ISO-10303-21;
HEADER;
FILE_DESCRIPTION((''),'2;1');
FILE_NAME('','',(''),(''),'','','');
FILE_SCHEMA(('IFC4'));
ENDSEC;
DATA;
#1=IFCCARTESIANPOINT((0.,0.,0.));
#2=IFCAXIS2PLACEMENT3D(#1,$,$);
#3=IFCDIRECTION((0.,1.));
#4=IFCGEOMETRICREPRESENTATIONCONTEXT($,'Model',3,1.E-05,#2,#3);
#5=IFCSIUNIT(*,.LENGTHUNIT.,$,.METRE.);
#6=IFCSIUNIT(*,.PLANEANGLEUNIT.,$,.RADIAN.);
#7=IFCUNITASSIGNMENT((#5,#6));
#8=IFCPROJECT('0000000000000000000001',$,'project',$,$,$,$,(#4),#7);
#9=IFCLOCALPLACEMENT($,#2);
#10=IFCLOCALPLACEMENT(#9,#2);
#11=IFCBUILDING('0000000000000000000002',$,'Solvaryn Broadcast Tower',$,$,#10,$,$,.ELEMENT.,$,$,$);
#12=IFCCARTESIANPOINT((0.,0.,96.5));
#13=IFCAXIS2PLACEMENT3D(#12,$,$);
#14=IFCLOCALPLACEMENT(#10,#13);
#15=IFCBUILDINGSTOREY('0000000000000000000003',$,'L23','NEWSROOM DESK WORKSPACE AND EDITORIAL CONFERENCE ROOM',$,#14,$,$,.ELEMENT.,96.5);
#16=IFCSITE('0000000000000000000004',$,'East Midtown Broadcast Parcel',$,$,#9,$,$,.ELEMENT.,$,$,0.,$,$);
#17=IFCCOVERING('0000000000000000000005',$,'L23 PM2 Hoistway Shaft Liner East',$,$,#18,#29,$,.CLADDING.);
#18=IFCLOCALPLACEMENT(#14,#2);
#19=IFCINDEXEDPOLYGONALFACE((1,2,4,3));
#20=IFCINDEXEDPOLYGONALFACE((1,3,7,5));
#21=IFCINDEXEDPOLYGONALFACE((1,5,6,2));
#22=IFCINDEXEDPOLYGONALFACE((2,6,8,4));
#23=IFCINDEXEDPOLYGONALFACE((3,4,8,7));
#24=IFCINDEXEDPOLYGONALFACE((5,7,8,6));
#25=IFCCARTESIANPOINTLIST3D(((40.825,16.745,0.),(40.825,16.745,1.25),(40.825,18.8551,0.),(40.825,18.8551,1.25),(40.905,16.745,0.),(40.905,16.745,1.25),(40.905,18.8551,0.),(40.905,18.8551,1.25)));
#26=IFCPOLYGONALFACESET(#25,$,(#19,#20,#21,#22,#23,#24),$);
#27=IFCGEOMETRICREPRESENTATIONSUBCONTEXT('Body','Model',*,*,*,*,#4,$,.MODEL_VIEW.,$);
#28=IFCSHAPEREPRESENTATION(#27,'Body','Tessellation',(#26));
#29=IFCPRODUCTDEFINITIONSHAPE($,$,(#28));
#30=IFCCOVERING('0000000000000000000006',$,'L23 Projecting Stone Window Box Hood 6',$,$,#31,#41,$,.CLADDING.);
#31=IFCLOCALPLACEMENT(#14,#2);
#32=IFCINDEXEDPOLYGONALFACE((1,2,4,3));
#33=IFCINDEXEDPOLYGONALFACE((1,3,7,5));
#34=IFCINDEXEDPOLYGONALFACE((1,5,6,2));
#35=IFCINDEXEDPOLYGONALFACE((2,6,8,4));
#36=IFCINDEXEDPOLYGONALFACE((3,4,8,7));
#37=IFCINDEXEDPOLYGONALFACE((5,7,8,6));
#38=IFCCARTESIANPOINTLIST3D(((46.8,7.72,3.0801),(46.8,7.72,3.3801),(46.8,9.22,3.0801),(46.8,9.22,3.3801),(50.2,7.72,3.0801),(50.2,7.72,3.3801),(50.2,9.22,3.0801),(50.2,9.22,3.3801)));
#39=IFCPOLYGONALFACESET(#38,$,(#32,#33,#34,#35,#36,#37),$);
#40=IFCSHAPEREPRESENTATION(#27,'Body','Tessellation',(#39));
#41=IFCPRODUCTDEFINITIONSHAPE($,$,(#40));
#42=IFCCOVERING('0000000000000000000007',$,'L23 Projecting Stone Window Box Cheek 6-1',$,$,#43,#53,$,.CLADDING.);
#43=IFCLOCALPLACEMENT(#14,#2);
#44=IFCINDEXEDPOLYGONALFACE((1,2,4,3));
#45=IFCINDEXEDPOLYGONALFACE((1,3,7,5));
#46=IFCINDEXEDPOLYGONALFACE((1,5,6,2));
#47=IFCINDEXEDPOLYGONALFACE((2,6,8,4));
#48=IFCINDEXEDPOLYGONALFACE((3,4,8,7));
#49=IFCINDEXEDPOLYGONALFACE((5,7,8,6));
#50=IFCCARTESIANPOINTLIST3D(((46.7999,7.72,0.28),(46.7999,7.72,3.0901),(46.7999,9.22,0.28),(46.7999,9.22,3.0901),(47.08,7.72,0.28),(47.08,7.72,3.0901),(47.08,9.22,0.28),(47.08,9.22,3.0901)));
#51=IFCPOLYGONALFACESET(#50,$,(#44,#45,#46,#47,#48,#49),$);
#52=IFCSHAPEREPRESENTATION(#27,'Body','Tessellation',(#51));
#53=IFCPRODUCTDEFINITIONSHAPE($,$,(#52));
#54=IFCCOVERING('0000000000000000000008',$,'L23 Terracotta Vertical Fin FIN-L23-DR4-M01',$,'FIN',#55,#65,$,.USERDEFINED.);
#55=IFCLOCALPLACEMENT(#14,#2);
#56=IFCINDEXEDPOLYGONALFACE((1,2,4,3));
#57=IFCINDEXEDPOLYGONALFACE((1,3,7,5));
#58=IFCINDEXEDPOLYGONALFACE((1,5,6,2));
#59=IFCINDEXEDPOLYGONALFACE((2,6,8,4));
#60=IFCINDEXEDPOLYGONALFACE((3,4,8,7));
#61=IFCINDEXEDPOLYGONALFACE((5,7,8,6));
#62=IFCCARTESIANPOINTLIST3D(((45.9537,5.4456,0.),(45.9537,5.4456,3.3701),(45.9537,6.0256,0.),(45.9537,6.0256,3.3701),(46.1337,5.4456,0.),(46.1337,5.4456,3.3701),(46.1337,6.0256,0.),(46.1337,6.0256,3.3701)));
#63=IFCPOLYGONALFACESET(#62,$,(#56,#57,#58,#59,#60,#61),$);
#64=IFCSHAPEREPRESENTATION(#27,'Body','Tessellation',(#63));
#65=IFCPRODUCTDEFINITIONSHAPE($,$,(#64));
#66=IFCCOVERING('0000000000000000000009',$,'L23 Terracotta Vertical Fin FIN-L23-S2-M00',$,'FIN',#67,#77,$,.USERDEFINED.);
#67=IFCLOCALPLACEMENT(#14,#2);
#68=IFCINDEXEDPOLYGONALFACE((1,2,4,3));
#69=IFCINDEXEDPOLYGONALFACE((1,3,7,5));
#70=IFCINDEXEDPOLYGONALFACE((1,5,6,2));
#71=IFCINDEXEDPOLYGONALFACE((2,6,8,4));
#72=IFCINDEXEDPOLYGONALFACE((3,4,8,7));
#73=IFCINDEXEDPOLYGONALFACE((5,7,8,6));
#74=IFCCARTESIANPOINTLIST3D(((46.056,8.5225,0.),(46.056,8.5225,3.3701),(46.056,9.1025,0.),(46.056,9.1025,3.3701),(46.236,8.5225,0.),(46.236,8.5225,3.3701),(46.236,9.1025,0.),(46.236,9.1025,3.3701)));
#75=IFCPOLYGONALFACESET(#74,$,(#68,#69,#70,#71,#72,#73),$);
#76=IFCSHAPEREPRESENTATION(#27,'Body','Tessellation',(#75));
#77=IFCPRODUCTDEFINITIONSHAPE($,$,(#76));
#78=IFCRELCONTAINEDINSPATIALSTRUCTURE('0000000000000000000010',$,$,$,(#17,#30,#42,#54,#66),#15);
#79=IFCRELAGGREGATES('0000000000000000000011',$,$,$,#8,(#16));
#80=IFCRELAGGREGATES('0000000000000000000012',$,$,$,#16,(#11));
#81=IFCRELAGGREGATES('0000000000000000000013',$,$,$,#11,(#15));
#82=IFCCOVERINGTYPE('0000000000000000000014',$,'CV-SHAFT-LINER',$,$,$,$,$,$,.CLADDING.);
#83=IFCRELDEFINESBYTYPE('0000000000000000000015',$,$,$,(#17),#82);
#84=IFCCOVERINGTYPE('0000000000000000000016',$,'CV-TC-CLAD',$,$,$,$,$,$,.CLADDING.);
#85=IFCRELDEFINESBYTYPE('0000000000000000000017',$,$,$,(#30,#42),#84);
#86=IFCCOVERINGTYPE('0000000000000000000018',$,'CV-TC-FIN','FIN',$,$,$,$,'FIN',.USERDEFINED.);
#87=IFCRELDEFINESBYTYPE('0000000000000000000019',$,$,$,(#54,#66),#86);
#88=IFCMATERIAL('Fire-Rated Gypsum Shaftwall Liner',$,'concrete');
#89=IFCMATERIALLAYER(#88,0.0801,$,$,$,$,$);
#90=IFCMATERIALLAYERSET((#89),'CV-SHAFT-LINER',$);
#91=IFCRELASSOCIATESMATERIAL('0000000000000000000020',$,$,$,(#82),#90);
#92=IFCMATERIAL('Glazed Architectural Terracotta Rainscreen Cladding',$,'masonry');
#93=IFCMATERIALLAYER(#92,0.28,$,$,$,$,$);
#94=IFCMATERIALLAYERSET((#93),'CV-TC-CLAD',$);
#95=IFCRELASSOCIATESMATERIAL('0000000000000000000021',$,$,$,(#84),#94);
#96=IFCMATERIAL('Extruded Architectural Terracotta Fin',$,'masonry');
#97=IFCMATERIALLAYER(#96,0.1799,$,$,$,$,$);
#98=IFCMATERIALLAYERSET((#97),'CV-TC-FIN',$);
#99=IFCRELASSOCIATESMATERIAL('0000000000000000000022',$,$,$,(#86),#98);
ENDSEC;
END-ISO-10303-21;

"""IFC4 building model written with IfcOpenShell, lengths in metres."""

from ifc_helpers import new_model, si_unit, direction, frame, origin, origin_2d, place, context, subcontext, project, spatial, rectangle, extrude, material, layer, layer_set, type_object, element, save


model = new_model("IFC4")

# Units and contexts
model_context = context("Model", 3, precision=1e-05, world=origin(), true_north=direction((0.0, 1.0)))
body_context = subcontext(model_context, "Body", "Model", "MODEL_VIEW")
ifc_project = project(units=[si_unit("LENGTHUNIT", "METRE"), si_unit("PLANEANGLEUNIT", "RADIAN")], contexts=[model_context])

# Site, building, storey
site_placement = place(None, origin())
site = spatial("IfcSite", under=ifc_project, at=site_placement, Name="East Midtown Broadcast Parcel", CompositionType="ELEMENT", RefElevation=0.0)
building_placement = place(site_placement, origin())
building = spatial("IfcBuilding", under=site, at=building_placement, Name="Solvaryn Broadcast Tower", CompositionType="ELEMENT")
storey_placement = place(building_placement, frame((0.0, 0.0, 96.5)))
storey = spatial("IfcBuildingStorey", under=building, at=storey_placement, Name="L23", Description="NEWSROOM DESK WORKSPACE AND EDITORIAL CONFERENCE ROOM", CompositionType="ELEMENT", Elevation=96.5)

# Coverings
ifc_material_1 = material(Name="Fire-Rated Gypsum Shaftwall Liner", Category="concrete")
ifc_layer_1 = layer(ifc_material_1, 0.0801)
ifc_layer_set_1 = layer_set([ifc_layer_1], Name="CV-SHAFT-LINER")
covering_type_1 = type_object("IfcCoveringType", Name="CV-SHAFT-LINER", PredefinedType="CLADDING", material=ifc_layer_set_1)
covering_1_placement = place(storey_placement, frame((40.865, 17.8, 0.0), z_axis=(0.0, 0.0, 1.0), x_axis=(1.0, 0.0, 0.0)))
element("IfcCovering", 1, at=covering_1_placement, inside=storey, type_object=covering_type_1, Name="L23 PM2 Hoistway Shaft Liner East", PredefinedType="CLADDING", context=body_context, shape_type="SweptSolid", body=[
    extrude(rectangle(XDim=0.0801, YDim=2.1101, at=origin_2d()), origin(), (0.0, 0.0, 1.0), 1.25),
])
ifc_material_2 = material(Name="Glazed Architectural Terracotta Rainscreen Cladding", Category="masonry")
ifc_layer_2 = layer(ifc_material_2, 0.28)
ifc_layer_set_2 = layer_set([ifc_layer_2], Name="CV-TC-CLAD")
covering_type_2 = type_object("IfcCoveringType", Name="CV-TC-CLAD", PredefinedType="CLADDING", material=ifc_layer_set_2)
covering_2_placement = place(storey_placement, frame((48.5, 8.47, 3.0801), z_axis=(0.0, 0.0, 1.0), x_axis=(1.0, 0.0, 0.0)))
element("IfcCovering", 2, at=covering_2_placement, inside=storey, type_object=covering_type_2, Name="L23 Projecting Stone Window Box Hood 6", PredefinedType="CLADDING", context=body_context, shape_type="SweptSolid", body=[
    extrude(rectangle(XDim=3.3999, YDim=1.5, at=origin_2d()), origin(), (0.0, 0.0, 1.0), 0.3),
])
covering_3_placement = place(storey_placement, frame((46.9399, 8.47, 0.28), z_axis=(0.0, 0.0, 1.0), x_axis=(1.0, 0.0, 0.0)))
element("IfcCovering", 3, at=covering_3_placement, inside=storey, type_object=covering_type_2, Name="L23 Projecting Stone Window Box Cheek 6-1", PredefinedType="CLADDING", context=body_context, shape_type="SweptSolid", body=[
    extrude(rectangle(XDim=0.28, YDim=1.5, at=origin_2d()), origin(), (0.0, 0.0, 1.0), 2.8101),
])
ifc_material_3 = material(Name="Extruded Architectural Terracotta Fin", Category="masonry")
ifc_layer_3 = layer(ifc_material_3, 0.1799)
ifc_layer_set_3 = layer_set([ifc_layer_3], Name="CV-TC-FIN")
covering_type_3 = type_object("IfcCoveringType", Name="CV-TC-FIN", Description="FIN", ElementType="FIN", PredefinedType="USERDEFINED", material=ifc_layer_set_3)
for number, where, z_axis, x_axis, name in (
    (4, (46.0437, 5.7356, 0.0), (0.0, 0.0, 1.0), (1.0, 0.0, 0.0), "L23 Terracotta Vertical Fin FIN-L23-DR4-M01"),
    (5, (46.146, 8.8125, 0.0), (0.0, 0.0, 1.0), (1.0, 0.0, 0.0), "L23 Terracotta Vertical Fin FIN-L23-S2-M00"),
):
    element("IfcCovering", number, at=place(storey_placement, frame(where, z_axis=z_axis, x_axis=x_axis)), inside=storey, type_object=covering_type_3, Name=name, ObjectType="FIN", PredefinedType="USERDEFINED", context=body_context, shape_type="SweptSolid", body=[
        extrude(rectangle(XDim=0.1799, YDim=0.5801, at=origin_2d()), origin(), (0.0, 0.0, 1.0), 3.3701),
    ])

save(model, "model.ifc")
